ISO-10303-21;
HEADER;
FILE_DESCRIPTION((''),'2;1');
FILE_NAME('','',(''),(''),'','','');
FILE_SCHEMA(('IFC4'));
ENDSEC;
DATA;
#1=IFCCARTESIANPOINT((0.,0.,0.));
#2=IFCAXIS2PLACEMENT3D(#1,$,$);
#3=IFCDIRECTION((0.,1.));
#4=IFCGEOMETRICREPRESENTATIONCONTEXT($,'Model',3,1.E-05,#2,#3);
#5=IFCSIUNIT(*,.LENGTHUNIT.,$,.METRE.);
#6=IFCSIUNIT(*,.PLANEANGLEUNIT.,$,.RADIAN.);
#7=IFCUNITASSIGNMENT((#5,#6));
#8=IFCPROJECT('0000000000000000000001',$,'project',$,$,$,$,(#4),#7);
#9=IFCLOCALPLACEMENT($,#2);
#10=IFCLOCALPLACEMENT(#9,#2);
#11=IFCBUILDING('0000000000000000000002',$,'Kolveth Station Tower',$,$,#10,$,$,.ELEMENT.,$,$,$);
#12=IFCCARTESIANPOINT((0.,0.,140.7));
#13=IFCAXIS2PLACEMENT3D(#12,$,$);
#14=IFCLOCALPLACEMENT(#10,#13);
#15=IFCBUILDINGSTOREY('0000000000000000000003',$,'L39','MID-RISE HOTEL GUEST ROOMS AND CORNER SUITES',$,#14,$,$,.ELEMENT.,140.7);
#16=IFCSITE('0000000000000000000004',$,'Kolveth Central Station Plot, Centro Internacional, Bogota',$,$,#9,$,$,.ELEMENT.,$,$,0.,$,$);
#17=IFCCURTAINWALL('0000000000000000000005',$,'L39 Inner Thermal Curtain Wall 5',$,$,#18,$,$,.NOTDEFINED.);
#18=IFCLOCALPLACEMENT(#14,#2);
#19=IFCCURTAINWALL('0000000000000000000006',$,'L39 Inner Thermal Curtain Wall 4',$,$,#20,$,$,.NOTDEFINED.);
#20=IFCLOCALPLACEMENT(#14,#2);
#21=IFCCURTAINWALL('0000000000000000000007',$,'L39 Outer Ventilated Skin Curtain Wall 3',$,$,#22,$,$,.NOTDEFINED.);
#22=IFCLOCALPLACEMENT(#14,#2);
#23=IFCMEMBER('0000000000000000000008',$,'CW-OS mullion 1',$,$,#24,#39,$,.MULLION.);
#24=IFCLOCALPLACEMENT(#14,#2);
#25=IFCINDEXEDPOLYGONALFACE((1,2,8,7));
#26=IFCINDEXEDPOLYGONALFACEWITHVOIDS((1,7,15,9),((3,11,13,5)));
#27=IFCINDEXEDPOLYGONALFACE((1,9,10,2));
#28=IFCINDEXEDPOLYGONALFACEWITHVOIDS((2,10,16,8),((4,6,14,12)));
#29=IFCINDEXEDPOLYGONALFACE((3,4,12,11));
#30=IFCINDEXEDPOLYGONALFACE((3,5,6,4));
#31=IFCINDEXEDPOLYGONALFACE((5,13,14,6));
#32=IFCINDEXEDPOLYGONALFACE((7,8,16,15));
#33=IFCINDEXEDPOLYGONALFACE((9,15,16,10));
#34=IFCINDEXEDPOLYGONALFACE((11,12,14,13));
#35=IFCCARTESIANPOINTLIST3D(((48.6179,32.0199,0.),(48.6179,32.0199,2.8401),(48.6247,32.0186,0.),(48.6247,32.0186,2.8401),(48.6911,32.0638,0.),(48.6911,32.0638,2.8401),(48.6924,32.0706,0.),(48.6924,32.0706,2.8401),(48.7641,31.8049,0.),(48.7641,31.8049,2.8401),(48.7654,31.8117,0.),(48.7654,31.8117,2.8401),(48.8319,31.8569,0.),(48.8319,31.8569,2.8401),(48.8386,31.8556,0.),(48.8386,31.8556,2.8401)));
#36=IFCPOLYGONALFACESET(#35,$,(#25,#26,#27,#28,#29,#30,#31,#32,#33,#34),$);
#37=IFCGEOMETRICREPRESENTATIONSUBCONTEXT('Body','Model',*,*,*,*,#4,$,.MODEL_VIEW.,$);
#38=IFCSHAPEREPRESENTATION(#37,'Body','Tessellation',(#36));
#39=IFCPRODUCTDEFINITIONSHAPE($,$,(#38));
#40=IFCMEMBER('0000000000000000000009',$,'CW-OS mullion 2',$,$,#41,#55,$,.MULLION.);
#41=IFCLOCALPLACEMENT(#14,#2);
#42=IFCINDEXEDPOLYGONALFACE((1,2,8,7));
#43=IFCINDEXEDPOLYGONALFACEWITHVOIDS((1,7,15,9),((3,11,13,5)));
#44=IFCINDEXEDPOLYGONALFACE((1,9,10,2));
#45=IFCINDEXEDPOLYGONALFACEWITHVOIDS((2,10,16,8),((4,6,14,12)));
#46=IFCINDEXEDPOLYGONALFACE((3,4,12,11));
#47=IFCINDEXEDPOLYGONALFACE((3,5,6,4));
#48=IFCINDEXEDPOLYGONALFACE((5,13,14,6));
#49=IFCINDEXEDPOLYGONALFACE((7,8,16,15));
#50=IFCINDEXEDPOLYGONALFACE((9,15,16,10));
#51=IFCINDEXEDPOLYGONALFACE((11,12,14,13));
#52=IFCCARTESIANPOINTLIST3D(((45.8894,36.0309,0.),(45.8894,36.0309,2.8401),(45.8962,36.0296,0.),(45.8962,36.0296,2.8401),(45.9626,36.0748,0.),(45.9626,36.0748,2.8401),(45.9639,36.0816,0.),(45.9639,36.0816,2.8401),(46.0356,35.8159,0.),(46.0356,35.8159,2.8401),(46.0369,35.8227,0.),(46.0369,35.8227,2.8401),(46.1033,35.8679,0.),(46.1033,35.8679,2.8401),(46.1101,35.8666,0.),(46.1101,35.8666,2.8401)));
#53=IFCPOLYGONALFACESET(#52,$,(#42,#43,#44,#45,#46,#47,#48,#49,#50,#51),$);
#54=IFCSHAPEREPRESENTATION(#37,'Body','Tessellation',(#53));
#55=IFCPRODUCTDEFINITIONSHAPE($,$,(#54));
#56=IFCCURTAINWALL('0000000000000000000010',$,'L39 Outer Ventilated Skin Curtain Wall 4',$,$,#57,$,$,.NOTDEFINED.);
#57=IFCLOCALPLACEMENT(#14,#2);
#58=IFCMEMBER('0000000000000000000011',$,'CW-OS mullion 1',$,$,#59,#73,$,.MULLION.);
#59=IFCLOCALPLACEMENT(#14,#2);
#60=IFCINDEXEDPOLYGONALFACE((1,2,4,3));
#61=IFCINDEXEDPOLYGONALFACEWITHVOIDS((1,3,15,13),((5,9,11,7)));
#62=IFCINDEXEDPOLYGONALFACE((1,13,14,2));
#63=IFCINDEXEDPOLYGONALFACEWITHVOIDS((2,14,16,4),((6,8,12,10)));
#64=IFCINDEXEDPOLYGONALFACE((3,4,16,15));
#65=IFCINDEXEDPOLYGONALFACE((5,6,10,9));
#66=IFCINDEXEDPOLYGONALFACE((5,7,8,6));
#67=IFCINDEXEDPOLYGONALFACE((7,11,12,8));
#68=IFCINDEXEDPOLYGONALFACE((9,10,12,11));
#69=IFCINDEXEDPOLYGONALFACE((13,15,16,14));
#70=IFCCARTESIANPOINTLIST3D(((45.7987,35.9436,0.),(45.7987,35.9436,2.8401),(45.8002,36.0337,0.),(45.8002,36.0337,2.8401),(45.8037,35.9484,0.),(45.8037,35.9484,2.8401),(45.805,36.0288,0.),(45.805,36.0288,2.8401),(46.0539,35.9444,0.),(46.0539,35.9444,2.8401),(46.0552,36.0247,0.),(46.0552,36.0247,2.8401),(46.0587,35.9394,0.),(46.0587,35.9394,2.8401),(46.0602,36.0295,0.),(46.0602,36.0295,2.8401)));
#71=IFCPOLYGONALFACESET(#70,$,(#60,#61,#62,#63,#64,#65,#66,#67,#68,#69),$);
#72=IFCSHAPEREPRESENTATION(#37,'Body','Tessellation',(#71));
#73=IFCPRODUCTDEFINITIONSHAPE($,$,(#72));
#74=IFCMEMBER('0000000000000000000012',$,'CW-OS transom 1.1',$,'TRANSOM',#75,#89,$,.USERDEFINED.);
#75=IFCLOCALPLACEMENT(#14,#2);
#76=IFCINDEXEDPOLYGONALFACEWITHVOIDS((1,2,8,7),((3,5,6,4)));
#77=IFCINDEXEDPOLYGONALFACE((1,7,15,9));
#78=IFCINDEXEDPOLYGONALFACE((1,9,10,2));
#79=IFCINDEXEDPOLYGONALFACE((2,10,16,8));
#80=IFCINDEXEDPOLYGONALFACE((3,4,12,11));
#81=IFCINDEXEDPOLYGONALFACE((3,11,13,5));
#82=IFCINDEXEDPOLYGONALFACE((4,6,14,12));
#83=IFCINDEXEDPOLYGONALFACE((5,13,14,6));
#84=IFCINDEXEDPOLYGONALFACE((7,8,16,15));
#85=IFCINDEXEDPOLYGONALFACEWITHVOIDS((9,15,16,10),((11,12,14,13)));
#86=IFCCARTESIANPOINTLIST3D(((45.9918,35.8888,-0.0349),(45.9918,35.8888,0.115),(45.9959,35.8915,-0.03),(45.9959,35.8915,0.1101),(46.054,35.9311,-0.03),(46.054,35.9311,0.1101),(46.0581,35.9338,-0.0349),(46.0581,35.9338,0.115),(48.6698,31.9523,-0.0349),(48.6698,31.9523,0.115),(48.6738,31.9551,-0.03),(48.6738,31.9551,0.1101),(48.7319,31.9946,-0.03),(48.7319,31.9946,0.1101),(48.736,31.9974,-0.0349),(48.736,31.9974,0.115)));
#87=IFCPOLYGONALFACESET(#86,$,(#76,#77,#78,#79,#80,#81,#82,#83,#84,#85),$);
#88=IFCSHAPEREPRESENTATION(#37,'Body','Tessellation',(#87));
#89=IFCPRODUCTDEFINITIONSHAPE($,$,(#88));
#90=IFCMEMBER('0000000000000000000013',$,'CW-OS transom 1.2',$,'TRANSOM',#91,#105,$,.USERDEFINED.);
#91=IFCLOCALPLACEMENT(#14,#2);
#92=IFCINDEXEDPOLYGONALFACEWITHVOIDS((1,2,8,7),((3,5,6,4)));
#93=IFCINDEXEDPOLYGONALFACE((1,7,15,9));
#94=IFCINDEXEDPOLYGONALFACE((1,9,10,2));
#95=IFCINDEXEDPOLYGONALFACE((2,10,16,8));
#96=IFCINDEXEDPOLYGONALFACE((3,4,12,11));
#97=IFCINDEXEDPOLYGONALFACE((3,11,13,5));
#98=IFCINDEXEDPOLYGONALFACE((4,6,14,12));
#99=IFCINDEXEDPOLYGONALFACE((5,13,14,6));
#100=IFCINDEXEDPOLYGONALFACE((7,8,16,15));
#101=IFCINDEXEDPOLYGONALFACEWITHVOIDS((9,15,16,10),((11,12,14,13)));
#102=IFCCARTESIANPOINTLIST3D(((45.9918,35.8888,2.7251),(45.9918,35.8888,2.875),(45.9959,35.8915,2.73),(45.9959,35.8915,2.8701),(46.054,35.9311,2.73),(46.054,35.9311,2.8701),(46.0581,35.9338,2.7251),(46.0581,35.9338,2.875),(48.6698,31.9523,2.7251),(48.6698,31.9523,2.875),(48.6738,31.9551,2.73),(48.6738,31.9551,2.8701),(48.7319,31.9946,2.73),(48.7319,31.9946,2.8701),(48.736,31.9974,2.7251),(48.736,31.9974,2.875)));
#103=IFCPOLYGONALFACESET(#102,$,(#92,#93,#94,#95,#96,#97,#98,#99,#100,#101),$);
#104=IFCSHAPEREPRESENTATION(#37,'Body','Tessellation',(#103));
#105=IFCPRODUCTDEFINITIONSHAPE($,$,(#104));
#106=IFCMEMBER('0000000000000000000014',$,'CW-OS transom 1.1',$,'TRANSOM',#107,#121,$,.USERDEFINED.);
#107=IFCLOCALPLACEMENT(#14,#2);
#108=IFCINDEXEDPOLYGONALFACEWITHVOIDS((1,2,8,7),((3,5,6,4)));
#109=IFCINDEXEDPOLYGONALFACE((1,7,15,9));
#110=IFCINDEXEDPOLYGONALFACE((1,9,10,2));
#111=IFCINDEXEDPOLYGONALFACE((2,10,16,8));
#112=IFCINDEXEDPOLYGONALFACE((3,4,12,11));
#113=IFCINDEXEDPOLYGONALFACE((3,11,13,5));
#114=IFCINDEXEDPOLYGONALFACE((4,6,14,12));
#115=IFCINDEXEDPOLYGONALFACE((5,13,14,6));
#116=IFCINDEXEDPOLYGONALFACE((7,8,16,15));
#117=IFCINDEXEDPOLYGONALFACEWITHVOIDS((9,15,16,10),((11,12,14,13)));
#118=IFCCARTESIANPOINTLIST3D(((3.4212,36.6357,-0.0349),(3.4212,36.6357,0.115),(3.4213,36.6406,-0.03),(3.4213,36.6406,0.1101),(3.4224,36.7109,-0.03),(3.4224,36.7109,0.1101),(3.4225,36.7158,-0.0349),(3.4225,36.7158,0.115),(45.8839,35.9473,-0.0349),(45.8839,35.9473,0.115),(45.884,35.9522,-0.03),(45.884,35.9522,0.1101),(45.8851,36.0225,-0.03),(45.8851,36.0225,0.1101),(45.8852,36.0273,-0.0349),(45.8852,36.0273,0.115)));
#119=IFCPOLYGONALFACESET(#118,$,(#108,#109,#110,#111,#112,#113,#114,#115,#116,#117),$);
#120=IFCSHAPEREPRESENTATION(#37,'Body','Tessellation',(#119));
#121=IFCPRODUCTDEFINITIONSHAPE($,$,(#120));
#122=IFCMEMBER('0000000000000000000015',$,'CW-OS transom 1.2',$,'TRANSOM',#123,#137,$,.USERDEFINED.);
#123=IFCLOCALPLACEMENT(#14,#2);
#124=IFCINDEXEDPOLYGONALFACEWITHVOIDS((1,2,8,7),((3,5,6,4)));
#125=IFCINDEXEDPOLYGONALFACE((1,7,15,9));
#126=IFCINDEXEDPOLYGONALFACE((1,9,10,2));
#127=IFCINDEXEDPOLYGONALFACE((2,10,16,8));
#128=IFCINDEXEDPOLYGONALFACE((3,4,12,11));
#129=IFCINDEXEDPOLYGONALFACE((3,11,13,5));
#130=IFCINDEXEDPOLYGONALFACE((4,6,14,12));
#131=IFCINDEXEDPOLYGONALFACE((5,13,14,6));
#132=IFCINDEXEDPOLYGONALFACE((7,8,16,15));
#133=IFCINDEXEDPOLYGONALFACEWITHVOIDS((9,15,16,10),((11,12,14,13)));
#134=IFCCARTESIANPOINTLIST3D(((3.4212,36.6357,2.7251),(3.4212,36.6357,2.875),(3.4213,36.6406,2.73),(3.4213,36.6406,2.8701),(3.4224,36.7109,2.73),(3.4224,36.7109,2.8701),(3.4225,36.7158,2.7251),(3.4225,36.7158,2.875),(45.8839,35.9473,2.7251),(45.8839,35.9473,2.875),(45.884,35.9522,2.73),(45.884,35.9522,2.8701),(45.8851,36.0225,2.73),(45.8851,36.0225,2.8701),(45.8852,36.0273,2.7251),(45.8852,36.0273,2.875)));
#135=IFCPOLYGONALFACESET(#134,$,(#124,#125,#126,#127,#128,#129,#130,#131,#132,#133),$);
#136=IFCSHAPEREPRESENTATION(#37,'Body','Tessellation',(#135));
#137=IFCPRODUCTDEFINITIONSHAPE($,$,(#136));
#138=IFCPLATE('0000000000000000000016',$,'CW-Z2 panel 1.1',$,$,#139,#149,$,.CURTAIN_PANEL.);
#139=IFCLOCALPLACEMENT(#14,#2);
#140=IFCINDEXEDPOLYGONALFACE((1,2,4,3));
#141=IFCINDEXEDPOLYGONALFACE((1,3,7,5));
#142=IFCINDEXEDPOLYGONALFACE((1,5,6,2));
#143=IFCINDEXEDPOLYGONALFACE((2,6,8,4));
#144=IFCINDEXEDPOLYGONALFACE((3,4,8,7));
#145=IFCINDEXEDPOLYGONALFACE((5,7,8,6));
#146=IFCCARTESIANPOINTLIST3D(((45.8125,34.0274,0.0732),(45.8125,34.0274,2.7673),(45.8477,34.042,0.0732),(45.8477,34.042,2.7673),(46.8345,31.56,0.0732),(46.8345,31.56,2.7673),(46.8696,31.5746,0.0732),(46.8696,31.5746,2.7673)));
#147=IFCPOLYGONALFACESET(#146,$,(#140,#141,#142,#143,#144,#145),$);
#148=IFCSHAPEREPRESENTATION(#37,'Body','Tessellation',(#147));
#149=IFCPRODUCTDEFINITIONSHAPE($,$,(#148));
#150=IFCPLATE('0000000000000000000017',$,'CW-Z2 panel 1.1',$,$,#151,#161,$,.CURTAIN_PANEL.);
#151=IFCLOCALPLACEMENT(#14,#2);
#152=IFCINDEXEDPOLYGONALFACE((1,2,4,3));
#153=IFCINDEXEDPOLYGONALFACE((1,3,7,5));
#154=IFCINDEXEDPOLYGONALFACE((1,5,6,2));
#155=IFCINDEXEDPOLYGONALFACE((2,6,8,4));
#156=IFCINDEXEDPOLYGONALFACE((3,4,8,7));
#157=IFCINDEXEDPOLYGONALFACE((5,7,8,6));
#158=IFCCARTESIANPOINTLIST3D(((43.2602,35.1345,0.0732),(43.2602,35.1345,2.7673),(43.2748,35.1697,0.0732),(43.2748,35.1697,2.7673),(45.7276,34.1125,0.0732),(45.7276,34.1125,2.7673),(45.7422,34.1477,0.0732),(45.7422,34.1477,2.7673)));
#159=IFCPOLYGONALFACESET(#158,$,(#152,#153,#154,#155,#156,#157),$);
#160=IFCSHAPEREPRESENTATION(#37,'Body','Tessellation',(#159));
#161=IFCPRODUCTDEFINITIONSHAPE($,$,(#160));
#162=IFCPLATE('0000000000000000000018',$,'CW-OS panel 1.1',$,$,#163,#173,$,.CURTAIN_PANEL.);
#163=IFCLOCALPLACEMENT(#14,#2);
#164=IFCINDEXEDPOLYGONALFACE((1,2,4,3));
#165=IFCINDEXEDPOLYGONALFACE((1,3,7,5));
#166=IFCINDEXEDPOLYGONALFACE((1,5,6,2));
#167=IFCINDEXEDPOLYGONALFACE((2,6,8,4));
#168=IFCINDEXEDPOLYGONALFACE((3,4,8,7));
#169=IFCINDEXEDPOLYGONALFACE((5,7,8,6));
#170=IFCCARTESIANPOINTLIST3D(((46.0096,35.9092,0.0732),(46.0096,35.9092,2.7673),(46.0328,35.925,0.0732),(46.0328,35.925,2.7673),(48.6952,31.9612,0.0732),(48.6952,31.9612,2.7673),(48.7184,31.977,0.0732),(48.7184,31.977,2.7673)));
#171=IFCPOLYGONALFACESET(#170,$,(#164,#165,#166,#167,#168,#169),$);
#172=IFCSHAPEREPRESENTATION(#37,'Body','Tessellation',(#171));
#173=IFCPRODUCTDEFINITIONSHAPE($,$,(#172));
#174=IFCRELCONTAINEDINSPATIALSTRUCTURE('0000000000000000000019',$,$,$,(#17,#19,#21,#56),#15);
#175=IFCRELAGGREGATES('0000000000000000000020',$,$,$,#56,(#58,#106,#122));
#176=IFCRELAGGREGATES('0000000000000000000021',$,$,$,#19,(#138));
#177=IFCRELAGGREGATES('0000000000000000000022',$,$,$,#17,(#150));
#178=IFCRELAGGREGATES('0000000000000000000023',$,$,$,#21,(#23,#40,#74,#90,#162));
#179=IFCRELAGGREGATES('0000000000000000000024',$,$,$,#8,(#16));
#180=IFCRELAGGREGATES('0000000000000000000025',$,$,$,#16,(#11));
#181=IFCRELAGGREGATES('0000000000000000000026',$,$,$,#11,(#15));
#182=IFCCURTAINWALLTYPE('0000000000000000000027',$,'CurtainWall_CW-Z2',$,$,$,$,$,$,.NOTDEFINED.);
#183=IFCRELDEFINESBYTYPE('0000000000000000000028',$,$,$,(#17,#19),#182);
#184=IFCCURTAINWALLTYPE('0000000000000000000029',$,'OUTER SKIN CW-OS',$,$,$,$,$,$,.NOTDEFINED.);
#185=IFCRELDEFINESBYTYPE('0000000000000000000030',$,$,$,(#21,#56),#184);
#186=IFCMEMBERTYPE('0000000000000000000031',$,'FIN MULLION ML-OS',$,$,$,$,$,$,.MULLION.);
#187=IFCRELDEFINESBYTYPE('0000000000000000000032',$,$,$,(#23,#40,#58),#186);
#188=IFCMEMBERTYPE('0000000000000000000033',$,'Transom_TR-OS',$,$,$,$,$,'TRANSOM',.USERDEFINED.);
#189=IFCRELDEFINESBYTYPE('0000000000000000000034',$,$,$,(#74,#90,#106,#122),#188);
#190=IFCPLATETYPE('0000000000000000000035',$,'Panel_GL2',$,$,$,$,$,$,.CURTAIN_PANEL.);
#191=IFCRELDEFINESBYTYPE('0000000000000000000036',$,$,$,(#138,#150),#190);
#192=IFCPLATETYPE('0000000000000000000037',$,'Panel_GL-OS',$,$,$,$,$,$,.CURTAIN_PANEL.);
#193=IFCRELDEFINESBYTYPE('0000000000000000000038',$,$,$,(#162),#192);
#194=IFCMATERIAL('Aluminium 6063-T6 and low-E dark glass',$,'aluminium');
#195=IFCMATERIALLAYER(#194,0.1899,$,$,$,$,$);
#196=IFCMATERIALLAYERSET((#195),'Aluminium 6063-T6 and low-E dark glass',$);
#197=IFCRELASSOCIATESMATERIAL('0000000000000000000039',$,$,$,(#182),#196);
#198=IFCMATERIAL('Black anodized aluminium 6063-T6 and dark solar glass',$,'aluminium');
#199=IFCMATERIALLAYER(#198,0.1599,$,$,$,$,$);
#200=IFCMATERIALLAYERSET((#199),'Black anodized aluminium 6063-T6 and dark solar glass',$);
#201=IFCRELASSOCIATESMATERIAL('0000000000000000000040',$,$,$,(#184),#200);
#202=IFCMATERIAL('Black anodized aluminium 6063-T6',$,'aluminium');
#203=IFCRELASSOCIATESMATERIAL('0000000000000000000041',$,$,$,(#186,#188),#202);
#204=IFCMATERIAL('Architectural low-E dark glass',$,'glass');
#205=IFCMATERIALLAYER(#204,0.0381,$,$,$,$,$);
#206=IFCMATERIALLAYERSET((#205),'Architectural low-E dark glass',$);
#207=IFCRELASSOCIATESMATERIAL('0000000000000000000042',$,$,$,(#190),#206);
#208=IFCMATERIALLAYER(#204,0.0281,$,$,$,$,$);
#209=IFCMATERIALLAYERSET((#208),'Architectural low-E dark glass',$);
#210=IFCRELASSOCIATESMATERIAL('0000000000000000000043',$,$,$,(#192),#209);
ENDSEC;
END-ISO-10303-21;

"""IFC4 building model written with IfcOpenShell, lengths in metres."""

from ifc_helpers import new_model, si_unit, direction, frame, origin, origin_2d, place, context, subcontext, project, spatial, rectangle, hollow_rectangle, extrude, source, transform, mapped, material, layer, layer_set, material_profile, profile_set, type_object, element, aggregate, save


model = new_model("IFC4")

# Units and contexts
model_context = context("Model", 3, precision=1e-05, world=origin(), true_north=direction((0.0, 1.0)))
body_context = subcontext(model_context, "Body", "Model", "MODEL_VIEW")
ifc_project = project(units=[si_unit("LENGTHUNIT", "METRE"), si_unit("PLANEANGLEUNIT", "RADIAN")], contexts=[model_context])

# Site, building, storey
site_placement = place(None, origin())
site = spatial("IfcSite", under=ifc_project, at=site_placement, Name="Kolveth Central Station Plot, Centro Internacional, Bogota", CompositionType="ELEMENT", RefElevation=0.0)
building_placement = place(site_placement, origin())
building = spatial("IfcBuilding", under=site, at=building_placement, Name="Kolveth Station Tower", CompositionType="ELEMENT")
storey_placement = place(building_placement, frame((0.0, 0.0, 140.7)))
storey = spatial("IfcBuildingStorey", under=building, at=storey_placement, Name="L39", Description="MID-RISE HOTEL GUEST ROOMS AND CORNER SUITES", CompositionType="ELEMENT", Elevation=140.7)

# Curtain wall
ifc_material_1 = material(Name="Aluminium 6063-T6 and low-E dark glass", Category="aluminium")
ifc_layer_1 = layer(ifc_material_1, 0.1899)
ifc_layer_set_1 = layer_set([ifc_layer_1], Name="Aluminium 6063-T6 and low-E dark glass")
curtain_wall_type_1 = type_object("IfcCurtainWallType", Name="CurtainWall_CW-Z2", PredefinedType="NOTDEFINED", material=ifc_layer_set_1)
curtain_wall_1_placement = place(storey_placement, origin())
curtain_wall_1 = element("IfcCurtainWall", 1, at=curtain_wall_1_placement, inside=storey, type_object=curtain_wall_type_1, Name="L39 Inner Thermal Curtain Wall 5", PredefinedType="NOTDEFINED")
ifc_material_2 = material(Name="Black anodized aluminium 6063-T6", Category="aluminium")

# Curtain wall
curtain_wall_2_placement = place(storey_placement, origin())
curtain_wall_2 = element("IfcCurtainWall", 2, at=curtain_wall_2_placement, inside=storey, type_object=curtain_wall_type_1, Name="L39 Inner Thermal Curtain Wall 4", PredefinedType="NOTDEFINED")

# Shared definitions
ifc_material_3 = material(Name="Black anodized aluminium 6063-T6 and dark solar glass", Category="aluminium")
ifc_layer_2 = layer(ifc_material_3, 0.1599)
ifc_layer_set_2 = layer_set([ifc_layer_2], Name="Black anodized aluminium 6063-T6 and dark solar glass")
curtain_wall_type_2 = type_object("IfcCurtainWallType", Name="OUTER SKIN CW-OS", PredefinedType="NOTDEFINED", material=ifc_layer_set_2)
ifc_material_profile_1 = material_profile(ifc_material_2, hollow_rectangle(XDim=0.0901, YDim=0.26, WallThickness=0.0049, at=origin_2d()), Name="ALU-90x260x5")
ifc_profile_set_1 = profile_set([ifc_material_profile_1], Name="Black anodized aluminium 6063-T6")
member_type_1 = type_object("IfcMemberType", Name="FIN MULLION ML-OS", PredefinedType="MULLION", material=ifc_profile_set_1)
shared_shape_1 = source(origin(), body_context, "Body", "SweptSolid", [
    extrude(hollow_rectangle(XDim=0.0901, YDim=0.26, WallThickness=0.0049, at=origin_2d()), origin(), (0.0, 0.0, 1.0), 2.8401),
])

# Curtain wall, members
curtain_wall_3_placement = place(storey_placement, origin())
curtain_wall_3 = element("IfcCurtainWall", 3, at=curtain_wall_3_placement, inside=storey, type_object=curtain_wall_type_2, Name="L39 Outer Ventilated Skin Curtain Wall 3", PredefinedType="NOTDEFINED")
member_1_placement = place(storey_placement, frame((48.7283, 31.9377, 0.0), z_axis=(0.0, 0.0, 1.0), x_axis=(-0.82683, -0.562452, 0.0)))
member_1 = element("IfcMember", 4, at=member_1_placement, type_object=member_type_1, Name="CW-OS mullion 1", PredefinedType="MULLION", context=body_context, shape_type="MappedRepresentation", body=[
    mapped(shared_shape_1, transform((0.0, 0.0, 0.0), x_axis=(1.0, 0.0, 0.0), y_axis=(0.0, 1.0, 0.0), z_axis=(0.0, 0.0, 1.0), scale=1.0)),
])
member_2_placement = place(storey_placement, frame((45.9998, 35.9487, 0.0), z_axis=(0.0, 0.0, 1.0), x_axis=(-0.82683, -0.562452, 0.0)))
member_2 = element("IfcMember", 5, at=member_2_placement, type_object=member_type_1, Name="CW-OS mullion 2", PredefinedType="MULLION", context=body_context, shape_type="MappedRepresentation", body=[
    mapped(shared_shape_1, transform((0.0, 0.0, 0.0), x_axis=(1.0, 0.0, 0.0), y_axis=(0.0, 1.0, 0.0), z_axis=(0.0, 0.0, 1.0), scale=1.0)),
])

# Curtain wall, member
curtain_wall_4_placement = place(storey_placement, origin())
curtain_wall_4 = element("IfcCurtainWall", 6, at=curtain_wall_4_placement, inside=storey, type_object=curtain_wall_type_2, Name="L39 Outer Ventilated Skin Curtain Wall 4", PredefinedType="NOTDEFINED")
member_3_placement = place(storey_placement, frame((45.9294, 35.9866, 0.0), z_axis=(0.0, 0.0, 1.0), x_axis=(-0.016212, -0.999869, 0.0)))
member_3 = element("IfcMember", 7, at=member_3_placement, type_object=member_type_1, Name="CW-OS mullion 1", PredefinedType="MULLION", context=body_context, shape_type="MappedRepresentation", body=[
    mapped(shared_shape_1, transform((0.0, 0.0, 0.0), x_axis=(1.0, 0.0, 0.0), y_axis=(0.0, 1.0, 0.0), z_axis=(0.0, 0.0, 1.0), scale=1.0)),
])

# Members
ifc_material_profile_2 = material_profile(ifc_material_2, hollow_rectangle(XDim=0.0801, YDim=0.1499, WallThickness=0.0049, at=origin_2d()), Name="ALU-80x150x5")
ifc_profile_set_2 = profile_set([ifc_material_profile_2], Name="Black anodized aluminium 6063-T6")
member_type_2 = type_object("IfcMemberType", Name="Transom_TR-OS", ElementType="TRANSOM", PredefinedType="USERDEFINED", material=ifc_profile_set_2)
shared_shape_2 = source(origin(), body_context, "Body", "SweptSolid", [
    extrude(hollow_rectangle(XDim=0.0801, YDim=0.1499, WallThickness=0.0049, at=origin_2d()), origin(), (0.0, 0.0, 1.0), 4.761),
])
member_4_placement = place(storey_placement, frame((48.7029, 31.9749, 0.04), z_axis=(-0.562474, 0.826815, 0.0), x_axis=(-0.826815, -0.562474, 0.0)))
member_4 = element("IfcMember", 8, at=member_4_placement, type_object=member_type_2, Name="CW-OS transom 1.1", ObjectType="TRANSOM", PredefinedType="USERDEFINED", context=body_context, shape_type="MappedRepresentation", body=[
    mapped(shared_shape_2, transform((0.0, 0.0, 0.0), x_axis=(1.0, 0.0, 0.0), y_axis=(0.0, 1.0, 0.0), z_axis=(0.0, 0.0, 1.0), scale=1.0)),
])
member_5_placement = place(storey_placement, frame((48.7029, 31.9749, 2.8), z_axis=(-0.562474, 0.826815, 0.0), x_axis=(-0.826815, -0.562474, 0.0)))
member_5 = element("IfcMember", 9, at=member_5_placement, type_object=member_type_2, Name="CW-OS transom 1.2", ObjectType="TRANSOM", PredefinedType="USERDEFINED", context=body_context, shape_type="MappedRepresentation", body=[
    mapped(shared_shape_2, transform((0.0, 0.0, 0.0), x_axis=(1.0, 0.0, 0.0), y_axis=(0.0, 1.0, 0.0), z_axis=(0.0, 0.0, 1.0), scale=1.0)),
])
shared_shape_3 = source(origin(), body_context, "Body", "SweptSolid", [
    extrude(hollow_rectangle(XDim=0.0801, YDim=0.1499, WallThickness=0.0049, at=origin_2d()), origin(), (0.0, 0.0, 1.0), 42.4683),
])
member_6_placement = place(storey_placement, frame((45.8845, 35.9873, 0.04), z_axis=(-0.999869, 0.016212, 0.0), x_axis=(-0.016212, -0.999869, 0.0)))
member_6 = element("IfcMember", 10, at=member_6_placement, type_object=member_type_2, Name="CW-OS transom 1.1", ObjectType="TRANSOM", PredefinedType="USERDEFINED", context=body_context, shape_type="MappedRepresentation", body=[
    mapped(shared_shape_3, transform((0.0, 0.0, 0.0), x_axis=(1.0, 0.0, 0.0), y_axis=(0.0, 1.0, 0.0), z_axis=(0.0, 0.0, 1.0), scale=1.0)),
])
member_7_placement = place(storey_placement, frame((45.8845, 35.9873, 2.8), z_axis=(-0.999869, 0.016212, 0.0), x_axis=(-0.016212, -0.999869, 0.0)))
member_7 = element("IfcMember", 11, at=member_7_placement, type_object=member_type_2, Name="CW-OS transom 1.2", ObjectType="TRANSOM", PredefinedType="USERDEFINED", context=body_context, shape_type="MappedRepresentation", body=[
    mapped(shared_shape_3, transform((0.0, 0.0, 0.0), x_axis=(1.0, 0.0, 0.0), y_axis=(0.0, 1.0, 0.0), z_axis=(0.0, 0.0, 1.0), scale=1.0)),
])
aggregate(curtain_wall_4, [member_3, member_6, member_7])

# Plates
ifc_material_4 = material(Name="Architectural low-E dark glass", Category="glass")
ifc_layer_3 = layer(ifc_material_4, 0.0381)
ifc_layer_set_3 = layer_set([ifc_layer_3], Name="Architectural low-E dark glass")
plate_type_1 = type_object("IfcPlateType", Name="Panel_GL2", PredefinedType="CURTAIN_PANEL", material=ifc_layer_set_3)
shared_shape_4 = source(origin(), body_context, "Body", "SweptSolid", [
    extrude(rectangle(XDim=2.6707, YDim=0.0381, at=origin_2d()), origin(), (0.0, 0.0, 1.0), 2.6941),
])
plate_1_placement = place(storey_placement, frame((46.3411, 32.801, 0.0732), z_axis=(0.0, 0.0, 1.0), x_axis=(-0.382663, 0.923888, 0.0)))
plate_1 = element("IfcPlate", 12, at=plate_1_placement, type_object=plate_type_1, Name="CW-Z2 panel 1.1", PredefinedType="CURTAIN_PANEL", context=body_context, shape_type="MappedRepresentation", body=[
    mapped(shared_shape_4, transform((0.0, 0.0, 0.0), x_axis=(1.0, 0.0, 0.0), y_axis=(0.0, 1.0, 0.0), z_axis=(0.0, 0.0, 1.0), scale=1.0)),
])
aggregate(curtain_wall_2, [plate_1])
plate_2_placement = place(storey_placement, frame((44.5012, 34.6411, 0.0732), z_axis=(0.0, 0.0, 1.0), x_axis=(-0.923888, 0.382663, 0.0)))
plate_2 = element("IfcPlate", 13, at=plate_2_placement, type_object=plate_type_1, Name="CW-Z2 panel 1.1", PredefinedType="CURTAIN_PANEL", context=body_context, shape_type="MappedRepresentation", body=[
    mapped(shared_shape_4, transform((0.0, 0.0, 0.0), x_axis=(1.0, 0.0, 0.0), y_axis=(0.0, 1.0, 0.0), z_axis=(0.0, 0.0, 1.0), scale=1.0)),
])
aggregate(curtain_wall_1, [plate_2])
ifc_layer_4 = layer(ifc_material_4, 0.0281)
ifc_layer_set_4 = layer_set([ifc_layer_4], Name="Architectural low-E dark glass")
plate_type_2 = type_object("IfcPlateType", Name="Panel_GL-OS", PredefinedType="CURTAIN_PANEL", material=ifc_layer_set_4)
shared_shape_5 = source(origin(), body_context, "Body", "SweptSolid", [
    extrude(rectangle(XDim=4.7749, YDim=0.0281, at=origin_2d()), origin(), (0.0, 0.0, 1.0), 2.6941),
])
plate_3_placement = place(storey_placement, frame((47.364, 33.9431, 0.0732), z_axis=(0.0, 0.0, 1.0), x_axis=(-0.562452, 0.82683, 0.0)))
plate_3 = element("IfcPlate", 14, at=plate_3_placement, type_object=plate_type_2, Name="CW-OS panel 1.1", PredefinedType="CURTAIN_PANEL", context=body_context, shape_type="MappedRepresentation", body=[
    mapped(shared_shape_5, transform((0.0, 0.0, 0.0), x_axis=(1.0, 0.0, 0.0), y_axis=(0.0, 1.0, 0.0), z_axis=(0.0, 0.0, 1.0), scale=1.0)),
])
aggregate(curtain_wall_3, [member_1, member_2, member_4, member_5, plate_3])

save(model, "model.ifc")
